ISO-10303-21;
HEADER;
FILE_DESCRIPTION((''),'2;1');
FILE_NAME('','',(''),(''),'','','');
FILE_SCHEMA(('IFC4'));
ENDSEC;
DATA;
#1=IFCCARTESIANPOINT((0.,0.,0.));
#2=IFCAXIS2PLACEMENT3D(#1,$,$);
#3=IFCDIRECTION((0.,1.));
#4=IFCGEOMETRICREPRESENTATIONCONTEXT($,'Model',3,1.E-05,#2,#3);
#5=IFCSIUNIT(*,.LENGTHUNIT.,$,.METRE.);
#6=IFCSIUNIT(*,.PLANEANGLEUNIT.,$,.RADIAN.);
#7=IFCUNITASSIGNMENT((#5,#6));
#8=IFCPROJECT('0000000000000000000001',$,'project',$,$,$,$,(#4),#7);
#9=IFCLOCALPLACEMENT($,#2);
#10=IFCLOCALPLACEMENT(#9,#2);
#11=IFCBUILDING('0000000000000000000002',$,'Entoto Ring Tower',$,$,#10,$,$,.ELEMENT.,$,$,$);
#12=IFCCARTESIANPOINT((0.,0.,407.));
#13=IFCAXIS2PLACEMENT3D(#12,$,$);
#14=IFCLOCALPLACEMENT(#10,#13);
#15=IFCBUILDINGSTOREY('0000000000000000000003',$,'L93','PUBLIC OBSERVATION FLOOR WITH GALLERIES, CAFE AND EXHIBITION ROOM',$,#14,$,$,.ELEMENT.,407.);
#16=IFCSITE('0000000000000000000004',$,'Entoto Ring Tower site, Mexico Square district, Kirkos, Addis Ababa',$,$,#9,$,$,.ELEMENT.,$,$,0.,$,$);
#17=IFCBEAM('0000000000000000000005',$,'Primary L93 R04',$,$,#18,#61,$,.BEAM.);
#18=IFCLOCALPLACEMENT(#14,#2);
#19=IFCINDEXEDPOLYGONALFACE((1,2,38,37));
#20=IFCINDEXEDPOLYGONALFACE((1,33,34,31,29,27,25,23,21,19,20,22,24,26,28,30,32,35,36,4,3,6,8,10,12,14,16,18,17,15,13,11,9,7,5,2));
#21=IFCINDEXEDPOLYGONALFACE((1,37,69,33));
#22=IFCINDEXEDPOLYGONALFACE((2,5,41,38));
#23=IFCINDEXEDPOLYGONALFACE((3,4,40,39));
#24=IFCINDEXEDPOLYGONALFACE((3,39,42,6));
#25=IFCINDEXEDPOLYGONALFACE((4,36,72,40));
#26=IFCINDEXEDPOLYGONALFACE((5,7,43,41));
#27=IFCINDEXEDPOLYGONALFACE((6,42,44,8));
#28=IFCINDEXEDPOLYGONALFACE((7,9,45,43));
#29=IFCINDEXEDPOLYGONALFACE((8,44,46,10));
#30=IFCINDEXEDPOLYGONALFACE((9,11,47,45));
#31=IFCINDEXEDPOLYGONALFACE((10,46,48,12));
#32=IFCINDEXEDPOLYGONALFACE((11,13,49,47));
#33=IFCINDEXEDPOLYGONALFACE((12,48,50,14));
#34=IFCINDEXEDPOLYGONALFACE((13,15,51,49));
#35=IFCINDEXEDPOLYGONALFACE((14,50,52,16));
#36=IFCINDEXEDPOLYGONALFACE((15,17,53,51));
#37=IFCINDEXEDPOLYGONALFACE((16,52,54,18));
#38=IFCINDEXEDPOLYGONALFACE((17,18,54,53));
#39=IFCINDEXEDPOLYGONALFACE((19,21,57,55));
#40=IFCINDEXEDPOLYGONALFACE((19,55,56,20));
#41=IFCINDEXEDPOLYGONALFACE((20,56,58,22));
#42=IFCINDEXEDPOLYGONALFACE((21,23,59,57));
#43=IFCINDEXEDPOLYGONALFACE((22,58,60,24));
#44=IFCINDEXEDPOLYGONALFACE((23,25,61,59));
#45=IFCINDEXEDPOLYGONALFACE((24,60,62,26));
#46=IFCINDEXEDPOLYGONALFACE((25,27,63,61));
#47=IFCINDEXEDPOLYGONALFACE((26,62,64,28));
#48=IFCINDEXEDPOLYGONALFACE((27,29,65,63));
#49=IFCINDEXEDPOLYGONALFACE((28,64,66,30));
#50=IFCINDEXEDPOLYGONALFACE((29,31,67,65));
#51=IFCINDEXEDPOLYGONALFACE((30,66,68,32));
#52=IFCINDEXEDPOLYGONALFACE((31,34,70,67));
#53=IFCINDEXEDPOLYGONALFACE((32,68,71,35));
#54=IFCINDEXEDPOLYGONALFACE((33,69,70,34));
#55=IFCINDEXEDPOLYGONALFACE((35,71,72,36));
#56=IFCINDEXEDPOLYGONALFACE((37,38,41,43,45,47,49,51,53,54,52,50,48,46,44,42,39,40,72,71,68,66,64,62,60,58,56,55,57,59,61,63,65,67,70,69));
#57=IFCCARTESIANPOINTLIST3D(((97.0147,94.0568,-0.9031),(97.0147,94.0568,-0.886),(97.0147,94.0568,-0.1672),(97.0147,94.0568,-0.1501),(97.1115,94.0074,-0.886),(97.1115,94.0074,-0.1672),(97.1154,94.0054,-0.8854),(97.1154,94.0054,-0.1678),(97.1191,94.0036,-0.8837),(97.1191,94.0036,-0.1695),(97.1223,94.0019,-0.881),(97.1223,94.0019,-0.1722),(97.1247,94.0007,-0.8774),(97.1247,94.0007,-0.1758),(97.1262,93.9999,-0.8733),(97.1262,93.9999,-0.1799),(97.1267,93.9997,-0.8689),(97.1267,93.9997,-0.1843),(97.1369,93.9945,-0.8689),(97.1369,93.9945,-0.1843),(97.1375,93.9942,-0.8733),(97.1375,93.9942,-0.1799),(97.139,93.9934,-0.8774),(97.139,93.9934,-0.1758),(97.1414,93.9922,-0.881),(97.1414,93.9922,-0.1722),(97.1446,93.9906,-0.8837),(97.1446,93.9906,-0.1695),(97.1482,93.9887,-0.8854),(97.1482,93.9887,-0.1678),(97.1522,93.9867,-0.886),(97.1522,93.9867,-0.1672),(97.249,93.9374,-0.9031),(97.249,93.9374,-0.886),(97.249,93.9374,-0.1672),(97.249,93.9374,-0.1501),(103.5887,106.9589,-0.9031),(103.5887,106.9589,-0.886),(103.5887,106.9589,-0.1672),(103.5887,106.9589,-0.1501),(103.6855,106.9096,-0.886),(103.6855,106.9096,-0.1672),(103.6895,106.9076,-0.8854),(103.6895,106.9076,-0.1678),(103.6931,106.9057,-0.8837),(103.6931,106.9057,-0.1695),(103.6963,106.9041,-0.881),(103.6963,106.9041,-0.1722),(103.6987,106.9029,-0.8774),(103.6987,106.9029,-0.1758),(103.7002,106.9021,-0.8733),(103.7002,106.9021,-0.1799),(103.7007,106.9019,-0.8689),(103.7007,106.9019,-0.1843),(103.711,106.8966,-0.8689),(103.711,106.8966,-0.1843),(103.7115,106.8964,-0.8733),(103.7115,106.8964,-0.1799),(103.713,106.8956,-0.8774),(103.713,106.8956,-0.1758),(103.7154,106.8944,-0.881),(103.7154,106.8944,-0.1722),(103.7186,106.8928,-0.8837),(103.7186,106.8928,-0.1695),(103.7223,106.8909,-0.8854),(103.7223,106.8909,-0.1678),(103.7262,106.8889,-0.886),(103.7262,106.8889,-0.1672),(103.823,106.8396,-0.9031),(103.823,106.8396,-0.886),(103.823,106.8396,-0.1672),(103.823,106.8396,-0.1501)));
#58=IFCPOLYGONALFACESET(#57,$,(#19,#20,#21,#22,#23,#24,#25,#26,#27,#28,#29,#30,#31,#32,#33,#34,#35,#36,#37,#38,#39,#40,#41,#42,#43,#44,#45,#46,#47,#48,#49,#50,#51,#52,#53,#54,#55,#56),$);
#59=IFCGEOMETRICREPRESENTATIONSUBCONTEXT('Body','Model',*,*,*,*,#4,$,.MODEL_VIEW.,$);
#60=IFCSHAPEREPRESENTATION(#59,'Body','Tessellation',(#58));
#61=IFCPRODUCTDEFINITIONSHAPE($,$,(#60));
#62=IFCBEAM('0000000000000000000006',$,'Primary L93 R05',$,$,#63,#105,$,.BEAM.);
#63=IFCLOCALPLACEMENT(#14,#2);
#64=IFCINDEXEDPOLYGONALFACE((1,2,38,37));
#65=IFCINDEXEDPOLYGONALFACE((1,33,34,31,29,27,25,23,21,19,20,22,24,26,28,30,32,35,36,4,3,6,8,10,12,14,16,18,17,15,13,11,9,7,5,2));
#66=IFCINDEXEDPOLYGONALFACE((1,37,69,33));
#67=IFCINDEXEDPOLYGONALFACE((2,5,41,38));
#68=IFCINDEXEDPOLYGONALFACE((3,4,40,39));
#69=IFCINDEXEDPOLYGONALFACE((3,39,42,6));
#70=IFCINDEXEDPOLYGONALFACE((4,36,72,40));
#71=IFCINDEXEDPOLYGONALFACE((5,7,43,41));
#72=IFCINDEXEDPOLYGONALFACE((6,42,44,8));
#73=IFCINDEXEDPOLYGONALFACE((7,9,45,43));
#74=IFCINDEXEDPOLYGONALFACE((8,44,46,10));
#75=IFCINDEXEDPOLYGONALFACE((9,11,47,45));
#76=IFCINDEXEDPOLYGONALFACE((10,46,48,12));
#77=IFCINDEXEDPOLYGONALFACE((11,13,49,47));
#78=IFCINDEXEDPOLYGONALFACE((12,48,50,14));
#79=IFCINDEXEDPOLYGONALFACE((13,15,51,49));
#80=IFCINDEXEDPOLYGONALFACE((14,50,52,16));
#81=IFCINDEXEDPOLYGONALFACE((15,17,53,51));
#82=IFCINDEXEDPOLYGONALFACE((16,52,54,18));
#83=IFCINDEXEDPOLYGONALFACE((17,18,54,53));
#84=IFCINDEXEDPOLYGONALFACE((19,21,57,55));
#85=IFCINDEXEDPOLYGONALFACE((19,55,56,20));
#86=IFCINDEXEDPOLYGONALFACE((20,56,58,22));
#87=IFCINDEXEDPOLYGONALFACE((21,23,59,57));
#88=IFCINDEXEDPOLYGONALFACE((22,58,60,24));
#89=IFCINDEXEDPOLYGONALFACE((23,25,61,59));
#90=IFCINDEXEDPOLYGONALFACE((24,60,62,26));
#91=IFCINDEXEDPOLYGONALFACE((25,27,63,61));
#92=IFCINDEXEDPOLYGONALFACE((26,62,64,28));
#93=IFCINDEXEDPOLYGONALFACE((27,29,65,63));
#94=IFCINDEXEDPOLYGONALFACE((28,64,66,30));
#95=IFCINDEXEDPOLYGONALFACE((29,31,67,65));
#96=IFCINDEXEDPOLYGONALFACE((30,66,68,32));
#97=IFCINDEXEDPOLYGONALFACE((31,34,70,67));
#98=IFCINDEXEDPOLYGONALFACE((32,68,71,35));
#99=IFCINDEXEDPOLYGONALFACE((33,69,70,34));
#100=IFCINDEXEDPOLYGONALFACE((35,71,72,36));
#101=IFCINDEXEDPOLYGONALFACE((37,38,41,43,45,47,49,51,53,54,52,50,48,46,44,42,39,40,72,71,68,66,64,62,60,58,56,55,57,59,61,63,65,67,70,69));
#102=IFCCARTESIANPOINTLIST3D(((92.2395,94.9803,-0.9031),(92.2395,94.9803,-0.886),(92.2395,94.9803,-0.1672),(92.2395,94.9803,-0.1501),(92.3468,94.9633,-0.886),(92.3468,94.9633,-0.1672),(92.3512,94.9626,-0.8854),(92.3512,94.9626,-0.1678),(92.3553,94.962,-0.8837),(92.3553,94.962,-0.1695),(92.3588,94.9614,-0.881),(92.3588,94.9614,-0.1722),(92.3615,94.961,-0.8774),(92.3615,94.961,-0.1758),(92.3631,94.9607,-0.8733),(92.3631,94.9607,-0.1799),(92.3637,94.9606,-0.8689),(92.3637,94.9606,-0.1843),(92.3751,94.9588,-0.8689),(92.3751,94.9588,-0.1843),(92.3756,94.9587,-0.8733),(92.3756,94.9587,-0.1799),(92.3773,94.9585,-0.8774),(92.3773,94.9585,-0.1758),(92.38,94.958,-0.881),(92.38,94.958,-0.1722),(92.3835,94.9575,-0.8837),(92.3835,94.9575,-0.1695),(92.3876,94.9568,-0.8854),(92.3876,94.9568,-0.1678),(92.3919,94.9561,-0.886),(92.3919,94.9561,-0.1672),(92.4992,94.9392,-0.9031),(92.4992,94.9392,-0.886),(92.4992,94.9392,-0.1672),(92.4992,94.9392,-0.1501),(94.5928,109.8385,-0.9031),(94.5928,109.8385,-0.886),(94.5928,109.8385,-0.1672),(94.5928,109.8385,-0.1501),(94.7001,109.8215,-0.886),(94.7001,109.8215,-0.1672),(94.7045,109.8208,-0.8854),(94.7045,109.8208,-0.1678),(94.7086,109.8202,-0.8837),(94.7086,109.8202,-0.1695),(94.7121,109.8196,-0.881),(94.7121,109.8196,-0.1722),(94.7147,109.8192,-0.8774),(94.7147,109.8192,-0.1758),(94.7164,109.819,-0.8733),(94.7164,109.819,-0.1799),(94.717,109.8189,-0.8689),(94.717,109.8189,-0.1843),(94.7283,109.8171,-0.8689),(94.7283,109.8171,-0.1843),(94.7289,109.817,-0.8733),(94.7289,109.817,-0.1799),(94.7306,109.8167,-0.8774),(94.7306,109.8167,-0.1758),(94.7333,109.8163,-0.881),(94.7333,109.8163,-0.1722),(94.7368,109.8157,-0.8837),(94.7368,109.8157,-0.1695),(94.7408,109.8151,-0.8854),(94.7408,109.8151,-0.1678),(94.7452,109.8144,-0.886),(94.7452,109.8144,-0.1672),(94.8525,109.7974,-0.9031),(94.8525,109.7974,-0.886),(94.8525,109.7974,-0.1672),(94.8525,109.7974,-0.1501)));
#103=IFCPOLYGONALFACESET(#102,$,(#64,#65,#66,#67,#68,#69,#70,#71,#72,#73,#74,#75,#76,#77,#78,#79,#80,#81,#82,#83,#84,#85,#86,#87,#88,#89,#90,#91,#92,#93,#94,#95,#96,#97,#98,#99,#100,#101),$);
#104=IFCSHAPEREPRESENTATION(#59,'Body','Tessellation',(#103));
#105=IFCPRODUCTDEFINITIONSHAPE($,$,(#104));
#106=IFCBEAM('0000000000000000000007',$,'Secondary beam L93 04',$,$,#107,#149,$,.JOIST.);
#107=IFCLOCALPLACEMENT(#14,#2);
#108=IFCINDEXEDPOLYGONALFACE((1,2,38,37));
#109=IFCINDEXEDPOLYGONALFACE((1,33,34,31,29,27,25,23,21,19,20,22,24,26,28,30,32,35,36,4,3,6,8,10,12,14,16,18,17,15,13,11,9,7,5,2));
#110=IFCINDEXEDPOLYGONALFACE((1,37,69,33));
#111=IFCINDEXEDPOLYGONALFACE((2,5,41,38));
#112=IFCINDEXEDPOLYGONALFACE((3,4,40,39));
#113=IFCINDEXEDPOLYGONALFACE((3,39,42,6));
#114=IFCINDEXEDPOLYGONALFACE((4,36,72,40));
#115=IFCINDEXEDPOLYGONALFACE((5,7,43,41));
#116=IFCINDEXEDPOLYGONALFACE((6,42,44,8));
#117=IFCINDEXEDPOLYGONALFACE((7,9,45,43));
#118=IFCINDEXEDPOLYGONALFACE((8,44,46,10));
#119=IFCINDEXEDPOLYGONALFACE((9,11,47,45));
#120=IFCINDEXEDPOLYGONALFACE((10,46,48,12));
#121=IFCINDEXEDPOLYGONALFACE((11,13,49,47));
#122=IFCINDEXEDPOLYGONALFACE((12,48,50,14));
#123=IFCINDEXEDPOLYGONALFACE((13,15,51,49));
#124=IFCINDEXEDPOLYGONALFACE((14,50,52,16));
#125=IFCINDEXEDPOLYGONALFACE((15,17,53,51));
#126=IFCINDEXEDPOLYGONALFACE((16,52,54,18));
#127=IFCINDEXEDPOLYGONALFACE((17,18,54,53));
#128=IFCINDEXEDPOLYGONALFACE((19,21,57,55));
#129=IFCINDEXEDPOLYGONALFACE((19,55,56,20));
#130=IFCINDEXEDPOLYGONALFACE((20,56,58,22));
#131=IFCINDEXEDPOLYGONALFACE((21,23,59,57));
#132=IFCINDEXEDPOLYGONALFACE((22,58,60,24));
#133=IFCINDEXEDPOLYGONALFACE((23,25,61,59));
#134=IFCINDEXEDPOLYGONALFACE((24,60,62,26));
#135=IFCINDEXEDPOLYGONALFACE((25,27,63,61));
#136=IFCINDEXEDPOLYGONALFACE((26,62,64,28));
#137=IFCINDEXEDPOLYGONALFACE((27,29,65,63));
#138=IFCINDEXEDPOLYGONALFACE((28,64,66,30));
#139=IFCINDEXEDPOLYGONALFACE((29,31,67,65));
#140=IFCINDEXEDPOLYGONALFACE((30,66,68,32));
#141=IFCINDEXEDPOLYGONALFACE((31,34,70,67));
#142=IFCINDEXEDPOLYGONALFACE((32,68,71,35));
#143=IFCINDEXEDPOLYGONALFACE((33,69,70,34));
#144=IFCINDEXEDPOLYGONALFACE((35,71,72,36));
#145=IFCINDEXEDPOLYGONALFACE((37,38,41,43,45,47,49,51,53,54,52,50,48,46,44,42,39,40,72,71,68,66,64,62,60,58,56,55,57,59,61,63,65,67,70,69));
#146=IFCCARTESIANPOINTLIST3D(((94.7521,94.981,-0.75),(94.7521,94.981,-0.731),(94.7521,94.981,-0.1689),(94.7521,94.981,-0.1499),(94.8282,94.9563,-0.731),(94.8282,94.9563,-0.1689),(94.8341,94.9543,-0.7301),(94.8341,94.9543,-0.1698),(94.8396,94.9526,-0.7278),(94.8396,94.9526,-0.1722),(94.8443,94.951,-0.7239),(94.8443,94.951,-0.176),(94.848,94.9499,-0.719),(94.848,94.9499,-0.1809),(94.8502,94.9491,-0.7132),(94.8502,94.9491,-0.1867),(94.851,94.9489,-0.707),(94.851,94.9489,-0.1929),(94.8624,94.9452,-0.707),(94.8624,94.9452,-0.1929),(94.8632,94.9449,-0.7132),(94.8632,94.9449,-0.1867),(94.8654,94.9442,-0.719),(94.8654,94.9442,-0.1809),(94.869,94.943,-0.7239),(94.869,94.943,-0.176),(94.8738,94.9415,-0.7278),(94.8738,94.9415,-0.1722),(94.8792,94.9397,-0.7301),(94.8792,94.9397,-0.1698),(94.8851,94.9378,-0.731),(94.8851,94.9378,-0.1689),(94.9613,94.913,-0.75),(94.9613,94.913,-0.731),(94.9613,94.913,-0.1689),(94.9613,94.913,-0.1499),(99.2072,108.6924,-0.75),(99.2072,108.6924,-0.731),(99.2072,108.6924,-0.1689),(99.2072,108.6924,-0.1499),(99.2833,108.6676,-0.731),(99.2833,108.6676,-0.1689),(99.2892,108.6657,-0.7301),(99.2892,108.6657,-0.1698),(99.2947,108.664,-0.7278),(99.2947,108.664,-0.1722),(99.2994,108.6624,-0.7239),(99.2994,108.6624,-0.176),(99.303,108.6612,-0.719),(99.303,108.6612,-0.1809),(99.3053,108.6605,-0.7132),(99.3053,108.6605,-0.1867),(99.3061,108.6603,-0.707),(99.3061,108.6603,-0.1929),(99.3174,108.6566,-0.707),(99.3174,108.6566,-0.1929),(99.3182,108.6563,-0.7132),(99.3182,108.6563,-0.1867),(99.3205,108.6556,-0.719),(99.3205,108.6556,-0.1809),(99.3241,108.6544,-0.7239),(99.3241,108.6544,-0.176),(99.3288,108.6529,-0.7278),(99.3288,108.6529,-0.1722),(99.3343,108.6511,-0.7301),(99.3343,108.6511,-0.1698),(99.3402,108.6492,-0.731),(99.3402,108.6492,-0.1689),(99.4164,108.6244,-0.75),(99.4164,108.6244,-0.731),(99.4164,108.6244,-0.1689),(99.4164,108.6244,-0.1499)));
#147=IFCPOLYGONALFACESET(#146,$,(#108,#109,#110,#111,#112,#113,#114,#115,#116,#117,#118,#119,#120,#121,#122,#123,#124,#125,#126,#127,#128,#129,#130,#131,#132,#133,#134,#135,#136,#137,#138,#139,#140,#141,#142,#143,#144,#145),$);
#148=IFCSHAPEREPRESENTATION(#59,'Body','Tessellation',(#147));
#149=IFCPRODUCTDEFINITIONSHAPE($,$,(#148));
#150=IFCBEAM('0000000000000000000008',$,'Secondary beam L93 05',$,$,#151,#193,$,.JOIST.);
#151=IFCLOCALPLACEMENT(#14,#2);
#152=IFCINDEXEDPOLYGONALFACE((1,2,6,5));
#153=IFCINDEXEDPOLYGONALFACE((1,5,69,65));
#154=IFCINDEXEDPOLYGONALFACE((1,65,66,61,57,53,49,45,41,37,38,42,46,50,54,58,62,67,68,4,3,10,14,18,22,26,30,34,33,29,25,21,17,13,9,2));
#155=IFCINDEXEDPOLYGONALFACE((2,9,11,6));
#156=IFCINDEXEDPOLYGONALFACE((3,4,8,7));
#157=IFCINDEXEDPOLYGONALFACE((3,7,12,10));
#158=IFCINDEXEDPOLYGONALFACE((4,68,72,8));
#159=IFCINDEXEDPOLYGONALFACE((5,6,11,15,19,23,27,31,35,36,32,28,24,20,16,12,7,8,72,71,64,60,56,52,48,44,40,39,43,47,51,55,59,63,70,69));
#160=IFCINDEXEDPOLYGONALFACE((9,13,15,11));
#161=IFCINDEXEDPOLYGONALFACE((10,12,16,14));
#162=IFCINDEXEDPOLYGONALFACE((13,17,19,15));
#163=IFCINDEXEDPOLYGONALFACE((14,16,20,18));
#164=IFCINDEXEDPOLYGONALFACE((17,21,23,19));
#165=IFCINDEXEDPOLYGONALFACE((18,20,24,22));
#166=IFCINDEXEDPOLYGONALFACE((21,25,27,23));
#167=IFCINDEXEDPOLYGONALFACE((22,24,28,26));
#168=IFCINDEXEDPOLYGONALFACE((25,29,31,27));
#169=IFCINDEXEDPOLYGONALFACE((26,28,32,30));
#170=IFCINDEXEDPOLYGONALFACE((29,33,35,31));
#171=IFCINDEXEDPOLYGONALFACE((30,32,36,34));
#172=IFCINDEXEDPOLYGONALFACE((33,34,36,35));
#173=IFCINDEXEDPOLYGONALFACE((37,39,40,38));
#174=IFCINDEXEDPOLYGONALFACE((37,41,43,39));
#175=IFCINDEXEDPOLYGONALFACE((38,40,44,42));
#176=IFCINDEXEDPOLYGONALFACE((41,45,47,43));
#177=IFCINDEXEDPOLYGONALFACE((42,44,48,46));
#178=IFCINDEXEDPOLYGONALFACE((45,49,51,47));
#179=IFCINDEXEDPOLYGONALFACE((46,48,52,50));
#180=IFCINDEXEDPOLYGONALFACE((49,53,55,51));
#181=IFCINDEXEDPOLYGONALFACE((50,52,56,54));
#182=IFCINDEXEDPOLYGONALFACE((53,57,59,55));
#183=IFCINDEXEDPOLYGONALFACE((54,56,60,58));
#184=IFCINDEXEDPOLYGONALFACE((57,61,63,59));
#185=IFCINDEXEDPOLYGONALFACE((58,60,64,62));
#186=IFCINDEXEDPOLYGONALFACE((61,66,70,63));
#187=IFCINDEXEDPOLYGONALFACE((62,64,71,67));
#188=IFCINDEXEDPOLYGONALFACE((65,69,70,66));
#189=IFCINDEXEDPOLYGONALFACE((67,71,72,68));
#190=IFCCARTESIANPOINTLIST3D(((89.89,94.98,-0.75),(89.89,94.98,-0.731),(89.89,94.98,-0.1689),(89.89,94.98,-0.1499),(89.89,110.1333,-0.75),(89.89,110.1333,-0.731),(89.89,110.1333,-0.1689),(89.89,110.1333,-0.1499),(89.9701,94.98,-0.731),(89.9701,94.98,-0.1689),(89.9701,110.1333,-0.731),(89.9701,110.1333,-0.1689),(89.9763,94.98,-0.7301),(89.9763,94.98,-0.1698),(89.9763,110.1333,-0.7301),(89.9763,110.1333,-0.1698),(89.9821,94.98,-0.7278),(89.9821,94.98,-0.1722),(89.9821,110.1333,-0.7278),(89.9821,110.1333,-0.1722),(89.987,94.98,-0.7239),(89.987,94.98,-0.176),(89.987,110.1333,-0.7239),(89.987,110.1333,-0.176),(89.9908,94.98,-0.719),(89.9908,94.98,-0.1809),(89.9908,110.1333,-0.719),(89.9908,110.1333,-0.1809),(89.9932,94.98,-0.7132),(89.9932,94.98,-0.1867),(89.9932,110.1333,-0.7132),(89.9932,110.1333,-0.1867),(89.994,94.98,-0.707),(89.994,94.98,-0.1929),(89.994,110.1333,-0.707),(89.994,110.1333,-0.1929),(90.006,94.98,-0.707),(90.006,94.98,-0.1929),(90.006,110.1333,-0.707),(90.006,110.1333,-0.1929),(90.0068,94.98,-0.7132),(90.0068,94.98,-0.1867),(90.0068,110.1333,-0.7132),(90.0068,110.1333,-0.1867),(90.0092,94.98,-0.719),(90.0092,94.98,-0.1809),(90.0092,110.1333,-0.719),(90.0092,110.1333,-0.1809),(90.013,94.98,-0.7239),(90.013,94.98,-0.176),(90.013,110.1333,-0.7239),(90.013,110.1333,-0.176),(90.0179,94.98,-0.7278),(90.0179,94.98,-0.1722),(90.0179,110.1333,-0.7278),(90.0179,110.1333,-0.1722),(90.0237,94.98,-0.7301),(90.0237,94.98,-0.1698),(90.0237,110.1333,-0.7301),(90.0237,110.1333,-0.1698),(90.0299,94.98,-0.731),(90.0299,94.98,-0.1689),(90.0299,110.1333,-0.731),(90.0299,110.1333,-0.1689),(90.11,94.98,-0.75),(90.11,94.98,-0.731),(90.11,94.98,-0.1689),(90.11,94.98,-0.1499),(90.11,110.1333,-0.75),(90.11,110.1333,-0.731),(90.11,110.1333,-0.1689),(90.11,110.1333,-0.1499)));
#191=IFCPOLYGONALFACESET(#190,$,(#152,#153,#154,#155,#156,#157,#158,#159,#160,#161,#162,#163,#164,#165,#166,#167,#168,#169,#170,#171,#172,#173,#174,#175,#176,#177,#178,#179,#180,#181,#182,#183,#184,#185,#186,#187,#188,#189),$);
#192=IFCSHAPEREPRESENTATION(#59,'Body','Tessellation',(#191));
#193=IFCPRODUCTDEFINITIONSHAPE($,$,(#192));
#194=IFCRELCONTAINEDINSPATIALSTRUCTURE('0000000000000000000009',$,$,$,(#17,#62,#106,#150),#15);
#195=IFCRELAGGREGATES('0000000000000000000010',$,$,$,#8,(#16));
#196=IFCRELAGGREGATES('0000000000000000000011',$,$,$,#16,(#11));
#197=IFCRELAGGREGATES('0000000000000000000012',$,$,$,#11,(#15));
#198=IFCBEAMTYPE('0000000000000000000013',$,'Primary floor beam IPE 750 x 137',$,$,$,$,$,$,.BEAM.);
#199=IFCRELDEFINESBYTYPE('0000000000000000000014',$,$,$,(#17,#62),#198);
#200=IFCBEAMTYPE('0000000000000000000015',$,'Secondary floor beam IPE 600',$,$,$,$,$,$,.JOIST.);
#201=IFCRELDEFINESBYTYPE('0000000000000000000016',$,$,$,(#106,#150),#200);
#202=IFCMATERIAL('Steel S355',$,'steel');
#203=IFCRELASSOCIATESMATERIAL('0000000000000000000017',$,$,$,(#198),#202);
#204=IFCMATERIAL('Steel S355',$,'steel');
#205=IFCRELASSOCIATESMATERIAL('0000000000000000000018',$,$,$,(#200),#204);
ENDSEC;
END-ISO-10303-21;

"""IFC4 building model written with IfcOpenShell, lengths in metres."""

from ifc_helpers import new_model, si_unit, direction, frame, origin, origin_2d, place, context, subcontext, project, spatial, i_section, extrude, material, material_profile, profile_set, type_object, element, save


model = new_model("IFC4")

# Units and contexts
model_context = context("Model", 3, precision=1e-05, world=origin(), true_north=direction((0.0, 1.0)))
body_context = subcontext(model_context, "Body", "Model", "MODEL_VIEW")
ifc_project = project(units=[si_unit("LENGTHUNIT", "METRE"), si_unit("PLANEANGLEUNIT", "RADIAN")], contexts=[model_context])

# Site, building, storey
site_placement = place(None, origin())
site = spatial("IfcSite", under=ifc_project, at=site_placement, Name="Entoto Ring Tower site, Mexico Square district, Kirkos, Addis Ababa", CompositionType="ELEMENT", RefElevation=0.0)
building_placement = place(site_placement, origin())
building = spatial("IfcBuilding", under=site, at=building_placement, Name="Entoto Ring Tower", CompositionType="ELEMENT")
storey_placement = place(building_placement, frame((0.0, 0.0, 407.0)))
storey = spatial("IfcBuildingStorey", under=building, at=storey_placement, Name="L93", Description="PUBLIC OBSERVATION FLOOR WITH GALLERIES, CAFE AND EXHIBITION ROOM", CompositionType="ELEMENT", Elevation=407.0)

# Beams
ifc_material_1 = material(Name="Steel S355", Category="steel")
ifc_material_profile_1 = material_profile(ifc_material_1, i_section(OverallWidth=0.2629, OverallDepth=0.7529, WebThickness=0.0115, FlangeThickness=0.0171, FilletRadius=0.0171, at=origin_2d()), Name="IPE 750 x 137")
ifc_profile_set_1 = profile_set([ifc_material_profile_1], Name="Steel S355")
beam_type_1 = type_object("IfcBeamType", Name="Primary floor beam IPE 750 x 137", PredefinedType="BEAM", material=ifc_profile_set_1)
beam_1_placement = place(storey_placement, frame((97.1318, 93.9971, -0.5266), z_axis=(0.453992, 0.891006, 0.0), x_axis=(-0.891006, 0.453992, 0.0)))
element("IfcBeam", 1, at=beam_1_placement, inside=storey, type_object=beam_type_1, Name="Primary L93 R04", PredefinedType="BEAM", context=body_context, shape_type="SweptSolid", body=[
    extrude(i_section(OverallWidth=0.2629, OverallDepth=0.7529, WebThickness=0.0115, FlangeThickness=0.0171, FilletRadius=0.0171, at=origin_2d()), origin(), (0.0, 0.0, 1.0), 14.4805),
])
beam_2_placement = place(storey_placement, frame((92.3694, 94.9597, -0.5266), z_axis=(0.156433, 0.987689, 0.0), x_axis=(-0.987689, 0.156433, 0.0)))
element("IfcBeam", 2, at=beam_2_placement, inside=storey, type_object=beam_type_1, Name="Primary L93 R05", PredefinedType="BEAM", context=body_context, shape_type="SweptSolid", body=[
    extrude(i_section(OverallWidth=0.2629, OverallDepth=0.7529, WebThickness=0.0115, FlangeThickness=0.0171, FilletRadius=0.0171, at=origin_2d()), origin(), (0.0, 0.0, 1.0), 15.0435),
])
ifc_material_2 = material(Name="Steel S355", Category="steel")
ifc_material_profile_2 = material_profile(ifc_material_2, i_section(OverallWidth=0.22, OverallDepth=0.6001, WebThickness=0.012, FlangeThickness=0.019, FilletRadius=0.0239, at=origin_2d()), Name="IPE 600")
ifc_profile_set_2 = profile_set([ifc_material_profile_2], Name="Steel S355")
beam_type_2 = type_object("IfcBeamType", Name="Secondary floor beam IPE 600", PredefinedType="JOIST", material=ifc_profile_set_2)
beam_3_placement = place(storey_placement, frame((94.8567, 94.947, -0.45), z_axis=(0.309015, 0.951057, 0.0), x_axis=(-0.951057, 0.309015, 0.0)))
element("IfcBeam", 3, at=beam_3_placement, inside=storey, type_object=beam_type_2, Name="Secondary beam L93 04", PredefinedType="JOIST", context=body_context, shape_type="SweptSolid", body=[
    extrude(i_section(OverallWidth=0.22, OverallDepth=0.6001, WebThickness=0.012, FlangeThickness=0.019, FilletRadius=0.0239, at=origin_2d()), origin(), (0.0, 0.0, 1.0), 14.417),
])
beam_4_placement = place(storey_placement, frame((90.0, 94.98, -0.45), z_axis=(0.0, 1.0, 0.0), x_axis=(-1.0, 0.0, 0.0)))
element("IfcBeam", 4, at=beam_4_placement, inside=storey, type_object=beam_type_2, Name="Secondary beam L93 05", PredefinedType="JOIST", context=body_context, shape_type="SweptSolid", body=[
    extrude(i_section(OverallWidth=0.22, OverallDepth=0.6001, WebThickness=0.012, FlangeThickness=0.019, FilletRadius=0.0239, at=origin_2d()), origin(), (0.0, 0.0, 1.0), 15.1533),
])

save(model, "model.ifc")
